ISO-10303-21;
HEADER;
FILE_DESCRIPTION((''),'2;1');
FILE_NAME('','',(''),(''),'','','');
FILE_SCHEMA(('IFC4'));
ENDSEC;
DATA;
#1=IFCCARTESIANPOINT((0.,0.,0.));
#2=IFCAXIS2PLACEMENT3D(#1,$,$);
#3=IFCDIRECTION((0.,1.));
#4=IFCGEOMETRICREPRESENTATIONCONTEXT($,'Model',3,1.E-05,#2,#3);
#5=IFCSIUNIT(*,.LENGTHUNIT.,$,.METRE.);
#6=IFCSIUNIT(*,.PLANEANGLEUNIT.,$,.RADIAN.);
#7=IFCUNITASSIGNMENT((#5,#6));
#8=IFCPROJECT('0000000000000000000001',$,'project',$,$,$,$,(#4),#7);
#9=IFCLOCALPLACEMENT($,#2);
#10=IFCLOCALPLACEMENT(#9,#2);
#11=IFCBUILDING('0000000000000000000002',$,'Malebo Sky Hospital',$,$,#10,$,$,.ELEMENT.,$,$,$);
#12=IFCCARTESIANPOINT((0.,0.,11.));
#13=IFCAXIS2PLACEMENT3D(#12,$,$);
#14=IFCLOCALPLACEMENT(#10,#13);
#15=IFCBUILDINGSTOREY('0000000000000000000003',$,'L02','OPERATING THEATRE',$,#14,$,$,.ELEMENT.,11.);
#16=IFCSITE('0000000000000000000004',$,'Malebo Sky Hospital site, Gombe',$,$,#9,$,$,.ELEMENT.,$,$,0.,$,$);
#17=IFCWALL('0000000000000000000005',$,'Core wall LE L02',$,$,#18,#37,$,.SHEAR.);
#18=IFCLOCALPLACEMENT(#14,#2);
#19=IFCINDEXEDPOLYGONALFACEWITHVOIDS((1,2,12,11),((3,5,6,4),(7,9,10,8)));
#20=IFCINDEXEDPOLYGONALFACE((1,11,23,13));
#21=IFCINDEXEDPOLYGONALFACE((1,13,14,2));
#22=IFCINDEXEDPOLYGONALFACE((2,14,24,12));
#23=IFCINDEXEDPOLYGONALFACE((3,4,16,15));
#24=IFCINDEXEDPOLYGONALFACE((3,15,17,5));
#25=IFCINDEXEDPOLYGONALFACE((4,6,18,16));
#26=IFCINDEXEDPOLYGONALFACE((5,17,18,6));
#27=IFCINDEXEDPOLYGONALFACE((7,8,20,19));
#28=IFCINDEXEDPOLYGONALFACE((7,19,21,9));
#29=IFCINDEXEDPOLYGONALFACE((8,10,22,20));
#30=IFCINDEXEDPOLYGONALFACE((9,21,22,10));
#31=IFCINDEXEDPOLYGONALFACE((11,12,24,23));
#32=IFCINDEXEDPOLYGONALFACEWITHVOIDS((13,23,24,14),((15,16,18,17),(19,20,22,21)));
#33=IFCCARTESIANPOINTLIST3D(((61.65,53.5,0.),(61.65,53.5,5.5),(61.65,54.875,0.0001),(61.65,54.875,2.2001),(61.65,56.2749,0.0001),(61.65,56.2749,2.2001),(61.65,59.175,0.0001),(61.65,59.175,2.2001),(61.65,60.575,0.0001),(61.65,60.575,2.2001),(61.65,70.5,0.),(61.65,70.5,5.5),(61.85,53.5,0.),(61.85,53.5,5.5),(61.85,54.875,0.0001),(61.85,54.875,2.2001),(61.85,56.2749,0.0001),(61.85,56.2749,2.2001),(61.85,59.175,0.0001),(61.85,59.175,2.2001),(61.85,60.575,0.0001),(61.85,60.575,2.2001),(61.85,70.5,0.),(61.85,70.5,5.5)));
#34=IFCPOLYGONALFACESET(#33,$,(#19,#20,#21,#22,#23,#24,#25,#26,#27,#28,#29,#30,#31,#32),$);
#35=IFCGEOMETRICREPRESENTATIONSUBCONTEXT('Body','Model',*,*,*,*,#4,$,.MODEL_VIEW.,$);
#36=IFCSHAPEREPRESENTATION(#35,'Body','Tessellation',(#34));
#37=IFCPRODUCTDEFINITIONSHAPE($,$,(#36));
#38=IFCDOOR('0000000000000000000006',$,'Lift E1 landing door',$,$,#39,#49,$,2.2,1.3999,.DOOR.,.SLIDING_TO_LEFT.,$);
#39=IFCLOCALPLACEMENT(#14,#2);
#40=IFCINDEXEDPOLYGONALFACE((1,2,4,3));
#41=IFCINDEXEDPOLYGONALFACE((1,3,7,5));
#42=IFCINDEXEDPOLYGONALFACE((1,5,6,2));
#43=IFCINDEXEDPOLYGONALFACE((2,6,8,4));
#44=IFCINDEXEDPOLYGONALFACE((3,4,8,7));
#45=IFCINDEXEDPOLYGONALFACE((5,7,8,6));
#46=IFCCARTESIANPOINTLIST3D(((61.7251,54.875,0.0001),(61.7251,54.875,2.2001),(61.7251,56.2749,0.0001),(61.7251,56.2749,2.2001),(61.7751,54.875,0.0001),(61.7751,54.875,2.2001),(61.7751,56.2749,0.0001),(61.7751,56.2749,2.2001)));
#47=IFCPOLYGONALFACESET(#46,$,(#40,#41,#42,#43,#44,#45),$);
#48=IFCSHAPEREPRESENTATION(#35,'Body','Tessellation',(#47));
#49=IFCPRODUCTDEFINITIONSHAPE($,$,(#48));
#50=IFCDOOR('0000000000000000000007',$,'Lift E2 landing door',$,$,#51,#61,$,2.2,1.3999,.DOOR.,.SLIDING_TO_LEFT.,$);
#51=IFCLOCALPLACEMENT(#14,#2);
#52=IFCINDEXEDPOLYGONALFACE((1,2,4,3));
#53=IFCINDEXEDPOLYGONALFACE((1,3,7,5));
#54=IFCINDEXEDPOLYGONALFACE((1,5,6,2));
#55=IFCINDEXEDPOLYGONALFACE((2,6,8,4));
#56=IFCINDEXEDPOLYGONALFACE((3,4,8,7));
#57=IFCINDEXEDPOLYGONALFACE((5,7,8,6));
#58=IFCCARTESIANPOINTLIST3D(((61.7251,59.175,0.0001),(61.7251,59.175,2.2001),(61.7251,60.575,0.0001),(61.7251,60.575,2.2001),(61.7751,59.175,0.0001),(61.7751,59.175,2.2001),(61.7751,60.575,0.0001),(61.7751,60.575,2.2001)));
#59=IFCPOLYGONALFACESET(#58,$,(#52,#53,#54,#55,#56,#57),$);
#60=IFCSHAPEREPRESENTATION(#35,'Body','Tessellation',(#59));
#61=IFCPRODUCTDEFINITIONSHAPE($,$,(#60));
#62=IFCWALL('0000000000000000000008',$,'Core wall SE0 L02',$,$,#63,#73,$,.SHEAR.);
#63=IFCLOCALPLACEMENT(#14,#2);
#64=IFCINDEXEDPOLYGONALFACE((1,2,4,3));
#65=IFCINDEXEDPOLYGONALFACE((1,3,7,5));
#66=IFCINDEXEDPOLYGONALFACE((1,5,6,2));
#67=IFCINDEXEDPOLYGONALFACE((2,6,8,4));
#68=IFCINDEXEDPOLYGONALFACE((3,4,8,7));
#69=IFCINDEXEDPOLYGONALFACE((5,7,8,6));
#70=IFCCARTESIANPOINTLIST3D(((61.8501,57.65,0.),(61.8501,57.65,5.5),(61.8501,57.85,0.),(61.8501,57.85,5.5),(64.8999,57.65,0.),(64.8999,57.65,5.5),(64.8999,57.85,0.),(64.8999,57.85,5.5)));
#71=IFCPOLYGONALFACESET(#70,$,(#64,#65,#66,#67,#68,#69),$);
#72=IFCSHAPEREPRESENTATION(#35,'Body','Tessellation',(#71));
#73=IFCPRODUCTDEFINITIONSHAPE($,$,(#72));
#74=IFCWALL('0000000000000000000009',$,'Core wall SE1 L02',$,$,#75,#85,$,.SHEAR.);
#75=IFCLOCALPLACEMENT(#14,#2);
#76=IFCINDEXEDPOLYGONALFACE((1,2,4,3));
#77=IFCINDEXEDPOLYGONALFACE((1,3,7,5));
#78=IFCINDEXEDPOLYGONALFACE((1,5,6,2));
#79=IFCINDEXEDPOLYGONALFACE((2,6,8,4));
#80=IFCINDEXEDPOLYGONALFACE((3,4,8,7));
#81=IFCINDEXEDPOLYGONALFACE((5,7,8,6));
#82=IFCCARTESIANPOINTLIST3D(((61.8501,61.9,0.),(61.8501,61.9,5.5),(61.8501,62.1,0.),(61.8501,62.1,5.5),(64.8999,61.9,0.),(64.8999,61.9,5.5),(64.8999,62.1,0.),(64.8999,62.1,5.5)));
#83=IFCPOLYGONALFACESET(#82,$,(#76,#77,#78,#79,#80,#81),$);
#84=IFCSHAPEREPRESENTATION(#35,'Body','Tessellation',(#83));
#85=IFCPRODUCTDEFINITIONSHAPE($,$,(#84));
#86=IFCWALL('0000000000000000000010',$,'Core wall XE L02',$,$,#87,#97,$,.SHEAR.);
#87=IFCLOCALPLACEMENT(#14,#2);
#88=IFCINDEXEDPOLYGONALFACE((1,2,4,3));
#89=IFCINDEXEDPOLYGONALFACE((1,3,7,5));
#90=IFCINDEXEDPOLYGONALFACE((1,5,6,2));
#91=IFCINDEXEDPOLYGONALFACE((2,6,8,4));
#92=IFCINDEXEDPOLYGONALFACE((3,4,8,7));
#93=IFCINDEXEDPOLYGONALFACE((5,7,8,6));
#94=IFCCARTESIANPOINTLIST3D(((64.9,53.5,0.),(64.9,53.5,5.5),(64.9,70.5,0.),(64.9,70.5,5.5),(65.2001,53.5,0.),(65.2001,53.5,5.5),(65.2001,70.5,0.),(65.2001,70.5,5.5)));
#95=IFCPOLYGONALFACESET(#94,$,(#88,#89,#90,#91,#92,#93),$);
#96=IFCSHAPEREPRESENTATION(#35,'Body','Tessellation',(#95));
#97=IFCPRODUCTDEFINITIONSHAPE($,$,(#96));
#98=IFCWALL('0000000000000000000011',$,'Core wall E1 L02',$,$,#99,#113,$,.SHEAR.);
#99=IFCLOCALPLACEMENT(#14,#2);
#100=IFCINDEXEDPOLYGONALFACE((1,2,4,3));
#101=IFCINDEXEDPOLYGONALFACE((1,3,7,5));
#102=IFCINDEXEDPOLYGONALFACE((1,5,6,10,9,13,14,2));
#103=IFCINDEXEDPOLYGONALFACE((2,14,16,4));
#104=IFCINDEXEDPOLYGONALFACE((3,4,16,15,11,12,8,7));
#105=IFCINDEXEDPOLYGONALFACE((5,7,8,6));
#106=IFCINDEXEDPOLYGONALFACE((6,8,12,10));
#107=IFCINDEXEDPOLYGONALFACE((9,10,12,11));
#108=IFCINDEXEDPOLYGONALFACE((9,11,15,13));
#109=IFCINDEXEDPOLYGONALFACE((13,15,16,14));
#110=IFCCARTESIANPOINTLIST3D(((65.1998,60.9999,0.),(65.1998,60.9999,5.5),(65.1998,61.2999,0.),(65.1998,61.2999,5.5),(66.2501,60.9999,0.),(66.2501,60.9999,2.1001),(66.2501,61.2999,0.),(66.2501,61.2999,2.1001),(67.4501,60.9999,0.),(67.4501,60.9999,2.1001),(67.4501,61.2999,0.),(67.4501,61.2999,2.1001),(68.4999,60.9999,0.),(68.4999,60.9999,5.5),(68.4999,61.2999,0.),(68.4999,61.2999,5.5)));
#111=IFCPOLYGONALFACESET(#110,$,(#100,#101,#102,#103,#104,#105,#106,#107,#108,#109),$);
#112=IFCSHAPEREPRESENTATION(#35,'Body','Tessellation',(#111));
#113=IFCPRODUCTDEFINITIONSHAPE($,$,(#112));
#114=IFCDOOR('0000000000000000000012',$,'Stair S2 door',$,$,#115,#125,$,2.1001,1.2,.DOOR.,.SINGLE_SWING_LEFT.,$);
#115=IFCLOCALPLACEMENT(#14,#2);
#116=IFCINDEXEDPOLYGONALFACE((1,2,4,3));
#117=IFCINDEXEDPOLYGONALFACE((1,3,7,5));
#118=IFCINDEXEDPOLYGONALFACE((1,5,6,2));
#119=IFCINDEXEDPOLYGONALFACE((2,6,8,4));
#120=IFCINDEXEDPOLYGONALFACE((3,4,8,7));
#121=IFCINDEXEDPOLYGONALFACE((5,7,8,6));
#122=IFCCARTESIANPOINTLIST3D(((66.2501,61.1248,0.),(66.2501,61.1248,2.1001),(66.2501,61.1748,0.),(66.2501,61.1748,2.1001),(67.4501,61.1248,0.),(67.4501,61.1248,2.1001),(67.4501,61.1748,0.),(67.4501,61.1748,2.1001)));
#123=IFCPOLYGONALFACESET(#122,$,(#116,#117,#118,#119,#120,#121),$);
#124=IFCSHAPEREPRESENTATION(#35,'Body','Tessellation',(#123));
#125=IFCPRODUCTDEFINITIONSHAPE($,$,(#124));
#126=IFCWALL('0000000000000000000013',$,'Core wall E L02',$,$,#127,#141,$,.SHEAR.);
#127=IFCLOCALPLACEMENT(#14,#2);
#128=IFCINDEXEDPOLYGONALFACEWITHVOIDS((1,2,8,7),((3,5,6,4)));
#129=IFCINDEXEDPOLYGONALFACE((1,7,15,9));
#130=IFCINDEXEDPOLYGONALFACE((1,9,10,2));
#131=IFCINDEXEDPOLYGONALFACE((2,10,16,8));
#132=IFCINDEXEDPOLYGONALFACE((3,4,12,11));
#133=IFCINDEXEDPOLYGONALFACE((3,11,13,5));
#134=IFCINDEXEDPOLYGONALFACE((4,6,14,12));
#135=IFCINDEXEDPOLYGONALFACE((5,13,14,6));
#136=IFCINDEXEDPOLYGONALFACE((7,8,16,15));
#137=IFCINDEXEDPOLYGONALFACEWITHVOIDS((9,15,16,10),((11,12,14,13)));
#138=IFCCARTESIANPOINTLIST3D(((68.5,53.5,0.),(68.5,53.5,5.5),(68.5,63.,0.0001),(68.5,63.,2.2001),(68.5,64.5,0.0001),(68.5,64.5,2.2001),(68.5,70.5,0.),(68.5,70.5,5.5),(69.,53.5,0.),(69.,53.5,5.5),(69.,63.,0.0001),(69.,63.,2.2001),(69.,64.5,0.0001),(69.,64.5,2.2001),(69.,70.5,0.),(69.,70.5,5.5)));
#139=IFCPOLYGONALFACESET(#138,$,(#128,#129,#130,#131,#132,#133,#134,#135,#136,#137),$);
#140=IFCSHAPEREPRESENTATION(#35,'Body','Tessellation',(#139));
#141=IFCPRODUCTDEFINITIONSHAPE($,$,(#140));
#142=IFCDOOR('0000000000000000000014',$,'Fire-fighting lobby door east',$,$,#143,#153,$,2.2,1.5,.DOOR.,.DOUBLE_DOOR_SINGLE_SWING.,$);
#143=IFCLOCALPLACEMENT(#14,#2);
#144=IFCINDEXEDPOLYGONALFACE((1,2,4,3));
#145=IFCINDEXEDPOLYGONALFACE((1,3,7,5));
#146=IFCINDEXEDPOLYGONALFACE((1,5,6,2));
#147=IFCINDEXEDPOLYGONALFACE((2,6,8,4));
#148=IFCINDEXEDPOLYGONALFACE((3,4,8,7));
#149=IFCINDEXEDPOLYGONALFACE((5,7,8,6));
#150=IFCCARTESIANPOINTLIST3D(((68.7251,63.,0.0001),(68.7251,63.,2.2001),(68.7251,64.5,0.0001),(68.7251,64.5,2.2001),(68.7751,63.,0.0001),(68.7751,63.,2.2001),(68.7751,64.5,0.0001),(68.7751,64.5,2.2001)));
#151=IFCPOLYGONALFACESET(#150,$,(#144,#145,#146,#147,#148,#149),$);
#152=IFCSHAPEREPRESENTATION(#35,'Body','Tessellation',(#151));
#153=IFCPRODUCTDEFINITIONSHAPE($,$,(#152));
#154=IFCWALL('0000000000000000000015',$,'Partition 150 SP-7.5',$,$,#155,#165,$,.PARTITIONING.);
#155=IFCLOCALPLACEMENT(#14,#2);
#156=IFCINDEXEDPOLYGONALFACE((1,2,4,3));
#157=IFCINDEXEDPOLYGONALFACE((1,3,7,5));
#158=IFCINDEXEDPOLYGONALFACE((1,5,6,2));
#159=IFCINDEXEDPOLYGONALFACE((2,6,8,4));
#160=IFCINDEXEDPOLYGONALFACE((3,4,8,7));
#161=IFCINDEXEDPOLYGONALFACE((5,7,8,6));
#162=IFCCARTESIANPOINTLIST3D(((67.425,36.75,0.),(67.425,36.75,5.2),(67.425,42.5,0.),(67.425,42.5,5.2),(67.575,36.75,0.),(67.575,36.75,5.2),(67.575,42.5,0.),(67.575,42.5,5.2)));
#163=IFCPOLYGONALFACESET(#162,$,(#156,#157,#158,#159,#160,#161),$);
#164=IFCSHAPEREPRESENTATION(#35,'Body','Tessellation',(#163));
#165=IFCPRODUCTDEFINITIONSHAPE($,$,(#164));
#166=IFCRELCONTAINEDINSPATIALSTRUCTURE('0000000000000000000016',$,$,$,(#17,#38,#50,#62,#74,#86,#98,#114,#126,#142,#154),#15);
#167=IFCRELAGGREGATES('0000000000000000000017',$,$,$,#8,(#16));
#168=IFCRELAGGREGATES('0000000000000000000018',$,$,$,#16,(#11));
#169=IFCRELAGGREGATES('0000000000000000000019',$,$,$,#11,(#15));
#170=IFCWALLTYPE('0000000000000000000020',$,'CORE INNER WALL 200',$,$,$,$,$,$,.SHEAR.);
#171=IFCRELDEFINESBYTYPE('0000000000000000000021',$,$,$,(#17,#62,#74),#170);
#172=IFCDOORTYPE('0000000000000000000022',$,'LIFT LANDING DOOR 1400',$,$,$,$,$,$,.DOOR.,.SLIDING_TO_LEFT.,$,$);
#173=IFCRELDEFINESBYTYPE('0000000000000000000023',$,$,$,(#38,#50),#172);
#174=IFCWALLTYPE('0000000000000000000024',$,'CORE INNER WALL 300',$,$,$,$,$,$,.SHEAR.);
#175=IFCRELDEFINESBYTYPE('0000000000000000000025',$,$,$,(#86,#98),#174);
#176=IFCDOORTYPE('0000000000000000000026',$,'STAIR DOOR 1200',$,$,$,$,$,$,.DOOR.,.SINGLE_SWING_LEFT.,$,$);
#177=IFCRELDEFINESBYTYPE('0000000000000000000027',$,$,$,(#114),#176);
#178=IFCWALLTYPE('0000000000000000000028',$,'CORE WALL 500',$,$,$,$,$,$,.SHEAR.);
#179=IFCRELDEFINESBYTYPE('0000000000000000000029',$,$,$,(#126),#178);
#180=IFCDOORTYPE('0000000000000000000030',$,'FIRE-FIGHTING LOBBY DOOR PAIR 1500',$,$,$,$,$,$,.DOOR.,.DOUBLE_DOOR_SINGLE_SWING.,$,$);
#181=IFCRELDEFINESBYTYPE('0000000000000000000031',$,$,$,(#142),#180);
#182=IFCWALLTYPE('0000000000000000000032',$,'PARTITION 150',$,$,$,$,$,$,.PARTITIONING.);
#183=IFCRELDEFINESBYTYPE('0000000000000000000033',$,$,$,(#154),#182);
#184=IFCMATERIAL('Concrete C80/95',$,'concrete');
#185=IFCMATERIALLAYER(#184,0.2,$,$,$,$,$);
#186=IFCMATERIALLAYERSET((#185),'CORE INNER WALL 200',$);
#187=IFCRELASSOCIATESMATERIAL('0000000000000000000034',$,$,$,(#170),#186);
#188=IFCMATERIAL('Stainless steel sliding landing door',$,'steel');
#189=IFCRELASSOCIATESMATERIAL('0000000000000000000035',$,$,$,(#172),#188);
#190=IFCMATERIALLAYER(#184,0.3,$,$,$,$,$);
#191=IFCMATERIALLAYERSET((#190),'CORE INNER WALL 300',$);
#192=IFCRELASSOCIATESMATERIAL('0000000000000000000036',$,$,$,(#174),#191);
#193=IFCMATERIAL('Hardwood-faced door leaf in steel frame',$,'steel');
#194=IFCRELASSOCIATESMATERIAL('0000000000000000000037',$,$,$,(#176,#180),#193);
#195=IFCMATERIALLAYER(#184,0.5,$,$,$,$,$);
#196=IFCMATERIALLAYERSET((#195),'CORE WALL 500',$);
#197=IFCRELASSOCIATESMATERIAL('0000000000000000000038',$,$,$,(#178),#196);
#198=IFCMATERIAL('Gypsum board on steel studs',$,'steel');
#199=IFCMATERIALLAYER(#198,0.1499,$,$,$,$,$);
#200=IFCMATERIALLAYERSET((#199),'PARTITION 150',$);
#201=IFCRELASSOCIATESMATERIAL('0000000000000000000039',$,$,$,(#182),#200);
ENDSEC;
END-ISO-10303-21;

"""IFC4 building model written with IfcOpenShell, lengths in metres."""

from ifc_helpers import new_model, si_unit, direction, frame, frame_2d, origin, place, context, subcontext, project, spatial, rectangle, extrude, material, layer, layer_set, type_object, element, fill, save


model = new_model("IFC4")

# Units and contexts
model_context = context("Model", 3, precision=1e-05, world=origin(), true_north=direction((0.0, 1.0)))
body_context = subcontext(model_context, "Body", "Model", "MODEL_VIEW")
ifc_project = project(units=[si_unit("LENGTHUNIT", "METRE"), si_unit("PLANEANGLEUNIT", "RADIAN")], contexts=[model_context])

# Site, building, storey
site_placement = place(None, origin())
site = spatial("IfcSite", under=ifc_project, at=site_placement, Name="Malebo Sky Hospital site, Gombe", CompositionType="ELEMENT", RefElevation=0.0)
building_placement = place(site_placement, origin())
building = spatial("IfcBuilding", under=site, at=building_placement, Name="Malebo Sky Hospital", CompositionType="ELEMENT")
storey_placement = place(building_placement, frame((0.0, 0.0, 11.0)))
storey = spatial("IfcBuildingStorey", under=building, at=storey_placement, Name="L02", Description="OPERATING THEATRE", CompositionType="ELEMENT", Elevation=11.0)

# Wall, openings, doors
ifc_material_1 = material(Name="Concrete C80/95", Category="concrete")
ifc_layer_1 = layer(ifc_material_1, 0.2)
ifc_layer_set_1 = layer_set([ifc_layer_1], Name="CORE INNER WALL 200")
wall_type_1 = type_object("IfcWallType", Name="CORE INNER WALL 200", PredefinedType="SHEAR", material=ifc_layer_set_1)
wall_1_placement = place(storey_placement, frame((61.75, 53.5, 0.0), z_axis=(0.0, 0.0, 1.0), x_axis=(0.0, 1.0, 0.0)))
wall_1 = element("IfcWall", 1, at=wall_1_placement, inside=storey, type_object=wall_type_1, Name="Core wall LE L02", PredefinedType="SHEAR", context=body_context, shape_type="SweptSolid", body=[
    extrude(rectangle(XDim=17.0, YDim=0.2, at=frame_2d((8.5, 0.0))), origin(), (0.0, 0.0, 1.0), 5.5),
])
opening_1_placement = place(wall_1_placement, frame((1.375, 0.0, 0.0)))
opening_1 = element("IfcOpeningElement", 2, at=opening_1_placement, cuts=wall_1, PredefinedType="OPENING", context=body_context, shape_type="SweptSolid", body=[
    extrude(rectangle(XDim=1.3999, YDim=2.2, at=frame_2d((0.7, 1.1001))), frame((0.0, 0.1099, 0.0), z_axis=(0.0, -1.0, 0.0), x_axis=(1.0, 0.0, 0.0)), (0.0, 0.0, 1.0), 0.22),
])
opening_2_placement = place(wall_1_placement, frame((5.675, 0.0, 0.0)))
opening_2 = element("IfcOpeningElement", 3, at=opening_2_placement, cuts=wall_1, PredefinedType="OPENING", context=body_context, shape_type="SweptSolid", body=[
    extrude(rectangle(XDim=1.3999, YDim=2.2, at=frame_2d((0.7, 1.1001))), frame((0.0, 0.1099, 0.0), z_axis=(0.0, -1.0, 0.0), x_axis=(1.0, 0.0, 0.0)), (0.0, 0.0, 1.0), 0.22),
])
ifc_material_2 = material(Name="Stainless steel sliding landing door", Category="steel")
door_type_1 = type_object("IfcDoorType", Name="LIFT LANDING DOOR 1400", OperationType="SLIDING_TO_LEFT", PredefinedType="DOOR", material=ifc_material_2)
door_1_placement = place(opening_1_placement, origin())
door_1 = element("IfcDoor", 4, at=door_1_placement, inside=storey, type_object=door_type_1, Name="Lift E1 landing door", OperationType="SLIDING_TO_LEFT", OverallHeight=2.2, OverallWidth=1.3999, PredefinedType="DOOR", context=body_context, shape_type="SweptSolid", body=[
    extrude(rectangle(XDim=1.3999, YDim=2.2, at=frame_2d((0.7, 1.1001))), frame((0.0, 0.0249, 0.0), z_axis=(0.0, -1.0, 0.0), x_axis=(1.0, 0.0, 0.0)), (0.0, 0.0, 1.0), 0.05),
])
fill(opening_1, door_1)
door_2_placement = place(opening_2_placement, origin())
door_2 = element("IfcDoor", 5, at=door_2_placement, inside=storey, type_object=door_type_1, Name="Lift E2 landing door", OperationType="SLIDING_TO_LEFT", OverallHeight=2.2, OverallWidth=1.3999, PredefinedType="DOOR", context=body_context, shape_type="SweptSolid", body=[
    extrude(rectangle(XDim=1.3999, YDim=2.2, at=frame_2d((0.7, 1.1001))), frame((0.0, 0.0249, 0.0), z_axis=(0.0, -1.0, 0.0), x_axis=(1.0, 0.0, 0.0)), (0.0, 0.0, 1.0), 0.05),
])
fill(opening_2, door_2)

# Walls
for number, where, z_axis, x_axis, name in (
    (6, (61.8501, 57.75, 0.0), (0.0, 0.0, 1.0), (1.0, 0.0, 0.0), "Core wall SE0 L02"),
    (7, (61.8501, 62.0, 0.0), (0.0, 0.0, 1.0), (1.0, 0.0, 0.0), "Core wall SE1 L02"),
):
    element("IfcWall", number, at=place(storey_placement, frame(where, z_axis=z_axis, x_axis=x_axis)), inside=storey, type_object=wall_type_1, Name=name, PredefinedType="SHEAR", context=body_context, shape_type="SweptSolid", body=[
        extrude(rectangle(XDim=3.0498, YDim=0.2, at=frame_2d((1.5249, 0.0))), origin(), (0.0, 0.0, 1.0), 5.5),
    ])
ifc_layer_2 = layer(ifc_material_1, 0.3)
ifc_layer_set_2 = layer_set([ifc_layer_2], Name="CORE INNER WALL 300")
wall_type_2 = type_object("IfcWallType", Name="CORE INNER WALL 300", PredefinedType="SHEAR", material=ifc_layer_set_2)
wall_2_placement = place(storey_placement, frame((65.05, 53.5, 0.0), z_axis=(0.0, 0.0, 1.0), x_axis=(0.0, 1.0, 0.0)))
element("IfcWall", 8, at=wall_2_placement, inside=storey, type_object=wall_type_2, Name="Core wall XE L02", PredefinedType="SHEAR", context=body_context, shape_type="SweptSolid", body=[
    extrude(rectangle(XDim=17.0, YDim=0.3, at=frame_2d((8.5, 0.0))), origin(), (0.0, 0.0, 1.0), 5.5),
])

# Walls, openings, doors
wall_3_placement = place(storey_placement, frame((65.2, 61.1499, 0.0), z_axis=(0.0, 0.0, 1.0), x_axis=(1.0, 0.0, 0.0)))
wall_3 = element("IfcWall", 9, at=wall_3_placement, inside=storey, type_object=wall_type_2, Name="Core wall E1 L02", PredefinedType="SHEAR", context=body_context, shape_type="SweptSolid", body=[
    extrude(rectangle(XDim=3.3, YDim=0.3, at=frame_2d((1.6499, 0.0))), origin(), (0.0, 0.0, 1.0), 5.5),
])
opening_3_placement = place(wall_3_placement, frame((1.05, 0.0, 0.0)))
opening_3 = element("IfcOpeningElement", 10, at=opening_3_placement, cuts=wall_3, PredefinedType="OPENING", context=body_context, shape_type="SweptSolid", body=[
    extrude(rectangle(XDim=1.2, YDim=2.1001, at=frame_2d((0.6001, 1.05))), frame((0.0, 0.1599, 0.0), z_axis=(0.0, -1.0, 0.0), x_axis=(1.0, 0.0, 0.0)), (0.0, 0.0, 1.0), 0.3201),
])
ifc_material_3 = material(Name="Hardwood-faced door leaf in steel frame", Category="steel")
door_type_2 = type_object("IfcDoorType", Name="STAIR DOOR 1200", OperationType="SINGLE_SWING_LEFT", PredefinedType="DOOR", material=ifc_material_3)
door_3_placement = place(opening_3_placement, origin())
door_3 = element("IfcDoor", 11, at=door_3_placement, inside=storey, type_object=door_type_2, Name="Stair S2 door", OperationType="SINGLE_SWING_LEFT", OverallHeight=2.1001, OverallWidth=1.2, PredefinedType="DOOR", context=body_context, shape_type="SweptSolid", body=[
    extrude(rectangle(XDim=1.2, YDim=2.1001, at=frame_2d((0.6001, 1.05))), frame((0.0, 0.0249, 0.0), z_axis=(0.0, -1.0, 0.0), x_axis=(1.0, 0.0, 0.0)), (0.0, 0.0, 1.0), 0.05),
])
fill(opening_3, door_3)
ifc_layer_3 = layer(ifc_material_1, 0.5)
ifc_layer_set_3 = layer_set([ifc_layer_3], Name="CORE WALL 500")
wall_type_3 = type_object("IfcWallType", Name="CORE WALL 500", PredefinedType="SHEAR", material=ifc_layer_set_3)
wall_4_placement = place(storey_placement, frame((68.75, 53.5, 0.0), z_axis=(0.0, 0.0, 1.0), x_axis=(0.0, 1.0, 0.0)))
wall_4 = element("IfcWall", 12, at=wall_4_placement, inside=storey, type_object=wall_type_3, Name="Core wall E L02", PredefinedType="SHEAR", context=body_context, shape_type="SweptSolid", body=[
    extrude(rectangle(XDim=17.0, YDim=0.5, at=frame_2d((8.5, 0.0))), origin(), (0.0, 0.0, 1.0), 5.5),
])
opening_4_placement = place(wall_4_placement, frame((9.5, 0.0, 0.0)))
opening_4 = element("IfcOpeningElement", 13, at=opening_4_placement, cuts=wall_4, PredefinedType="OPENING", context=body_context, shape_type="SweptSolid", body=[
    extrude(rectangle(XDim=1.5, YDim=2.2, at=frame_2d((0.75, 1.1001))), frame((0.0, 0.26, 0.0), z_axis=(0.0, -1.0, 0.0), x_axis=(1.0, 0.0, 0.0)), (0.0, 0.0, 1.0), 0.52),
])
door_type_3 = type_object("IfcDoorType", Name="FIRE-FIGHTING LOBBY DOOR PAIR 1500", OperationType="DOUBLE_DOOR_SINGLE_SWING", PredefinedType="DOOR", material=ifc_material_3)
door_4_placement = place(opening_4_placement, origin())
door_4 = element("IfcDoor", 14, at=door_4_placement, inside=storey, type_object=door_type_3, Name="Fire-fighting lobby door east", OperationType="DOUBLE_DOOR_SINGLE_SWING", OverallHeight=2.2, OverallWidth=1.5, PredefinedType="DOOR", context=body_context, shape_type="SweptSolid", body=[
    extrude(rectangle(XDim=1.5, YDim=2.2, at=frame_2d((0.75, 1.1001))), frame((0.0, 0.0249, 0.0), z_axis=(0.0, -1.0, 0.0), x_axis=(1.0, 0.0, 0.0)), (0.0, 0.0, 1.0), 0.05),
])
fill(opening_4, door_4)

# Wall
ifc_material_4 = material(Name="Gypsum board on steel studs", Category="steel")
ifc_layer_4 = layer(ifc_material_4, 0.1499)
ifc_layer_set_4 = layer_set([ifc_layer_4], Name="PARTITION 150")
wall_type_4 = type_object("IfcWallType", Name="PARTITION 150", PredefinedType="PARTITIONING", material=ifc_layer_set_4)
wall_5_placement = place(storey_placement, frame((67.5, 42.5, 0.0), z_axis=(0.0, 0.0, 1.0), x_axis=(0.0, -1.0, 0.0)))
element("IfcWall", 15, at=wall_5_placement, inside=storey, type_object=wall_type_4, Name="Partition 150 SP-7.5", PredefinedType="PARTITIONING", context=body_context, shape_type="SweptSolid", body=[
    extrude(rectangle(XDim=5.75, YDim=0.1499, at=frame_2d((2.875, 0.0))), origin(), (0.0, 0.0, 1.0), 5.2),
])

save(model, "model.ifc")
